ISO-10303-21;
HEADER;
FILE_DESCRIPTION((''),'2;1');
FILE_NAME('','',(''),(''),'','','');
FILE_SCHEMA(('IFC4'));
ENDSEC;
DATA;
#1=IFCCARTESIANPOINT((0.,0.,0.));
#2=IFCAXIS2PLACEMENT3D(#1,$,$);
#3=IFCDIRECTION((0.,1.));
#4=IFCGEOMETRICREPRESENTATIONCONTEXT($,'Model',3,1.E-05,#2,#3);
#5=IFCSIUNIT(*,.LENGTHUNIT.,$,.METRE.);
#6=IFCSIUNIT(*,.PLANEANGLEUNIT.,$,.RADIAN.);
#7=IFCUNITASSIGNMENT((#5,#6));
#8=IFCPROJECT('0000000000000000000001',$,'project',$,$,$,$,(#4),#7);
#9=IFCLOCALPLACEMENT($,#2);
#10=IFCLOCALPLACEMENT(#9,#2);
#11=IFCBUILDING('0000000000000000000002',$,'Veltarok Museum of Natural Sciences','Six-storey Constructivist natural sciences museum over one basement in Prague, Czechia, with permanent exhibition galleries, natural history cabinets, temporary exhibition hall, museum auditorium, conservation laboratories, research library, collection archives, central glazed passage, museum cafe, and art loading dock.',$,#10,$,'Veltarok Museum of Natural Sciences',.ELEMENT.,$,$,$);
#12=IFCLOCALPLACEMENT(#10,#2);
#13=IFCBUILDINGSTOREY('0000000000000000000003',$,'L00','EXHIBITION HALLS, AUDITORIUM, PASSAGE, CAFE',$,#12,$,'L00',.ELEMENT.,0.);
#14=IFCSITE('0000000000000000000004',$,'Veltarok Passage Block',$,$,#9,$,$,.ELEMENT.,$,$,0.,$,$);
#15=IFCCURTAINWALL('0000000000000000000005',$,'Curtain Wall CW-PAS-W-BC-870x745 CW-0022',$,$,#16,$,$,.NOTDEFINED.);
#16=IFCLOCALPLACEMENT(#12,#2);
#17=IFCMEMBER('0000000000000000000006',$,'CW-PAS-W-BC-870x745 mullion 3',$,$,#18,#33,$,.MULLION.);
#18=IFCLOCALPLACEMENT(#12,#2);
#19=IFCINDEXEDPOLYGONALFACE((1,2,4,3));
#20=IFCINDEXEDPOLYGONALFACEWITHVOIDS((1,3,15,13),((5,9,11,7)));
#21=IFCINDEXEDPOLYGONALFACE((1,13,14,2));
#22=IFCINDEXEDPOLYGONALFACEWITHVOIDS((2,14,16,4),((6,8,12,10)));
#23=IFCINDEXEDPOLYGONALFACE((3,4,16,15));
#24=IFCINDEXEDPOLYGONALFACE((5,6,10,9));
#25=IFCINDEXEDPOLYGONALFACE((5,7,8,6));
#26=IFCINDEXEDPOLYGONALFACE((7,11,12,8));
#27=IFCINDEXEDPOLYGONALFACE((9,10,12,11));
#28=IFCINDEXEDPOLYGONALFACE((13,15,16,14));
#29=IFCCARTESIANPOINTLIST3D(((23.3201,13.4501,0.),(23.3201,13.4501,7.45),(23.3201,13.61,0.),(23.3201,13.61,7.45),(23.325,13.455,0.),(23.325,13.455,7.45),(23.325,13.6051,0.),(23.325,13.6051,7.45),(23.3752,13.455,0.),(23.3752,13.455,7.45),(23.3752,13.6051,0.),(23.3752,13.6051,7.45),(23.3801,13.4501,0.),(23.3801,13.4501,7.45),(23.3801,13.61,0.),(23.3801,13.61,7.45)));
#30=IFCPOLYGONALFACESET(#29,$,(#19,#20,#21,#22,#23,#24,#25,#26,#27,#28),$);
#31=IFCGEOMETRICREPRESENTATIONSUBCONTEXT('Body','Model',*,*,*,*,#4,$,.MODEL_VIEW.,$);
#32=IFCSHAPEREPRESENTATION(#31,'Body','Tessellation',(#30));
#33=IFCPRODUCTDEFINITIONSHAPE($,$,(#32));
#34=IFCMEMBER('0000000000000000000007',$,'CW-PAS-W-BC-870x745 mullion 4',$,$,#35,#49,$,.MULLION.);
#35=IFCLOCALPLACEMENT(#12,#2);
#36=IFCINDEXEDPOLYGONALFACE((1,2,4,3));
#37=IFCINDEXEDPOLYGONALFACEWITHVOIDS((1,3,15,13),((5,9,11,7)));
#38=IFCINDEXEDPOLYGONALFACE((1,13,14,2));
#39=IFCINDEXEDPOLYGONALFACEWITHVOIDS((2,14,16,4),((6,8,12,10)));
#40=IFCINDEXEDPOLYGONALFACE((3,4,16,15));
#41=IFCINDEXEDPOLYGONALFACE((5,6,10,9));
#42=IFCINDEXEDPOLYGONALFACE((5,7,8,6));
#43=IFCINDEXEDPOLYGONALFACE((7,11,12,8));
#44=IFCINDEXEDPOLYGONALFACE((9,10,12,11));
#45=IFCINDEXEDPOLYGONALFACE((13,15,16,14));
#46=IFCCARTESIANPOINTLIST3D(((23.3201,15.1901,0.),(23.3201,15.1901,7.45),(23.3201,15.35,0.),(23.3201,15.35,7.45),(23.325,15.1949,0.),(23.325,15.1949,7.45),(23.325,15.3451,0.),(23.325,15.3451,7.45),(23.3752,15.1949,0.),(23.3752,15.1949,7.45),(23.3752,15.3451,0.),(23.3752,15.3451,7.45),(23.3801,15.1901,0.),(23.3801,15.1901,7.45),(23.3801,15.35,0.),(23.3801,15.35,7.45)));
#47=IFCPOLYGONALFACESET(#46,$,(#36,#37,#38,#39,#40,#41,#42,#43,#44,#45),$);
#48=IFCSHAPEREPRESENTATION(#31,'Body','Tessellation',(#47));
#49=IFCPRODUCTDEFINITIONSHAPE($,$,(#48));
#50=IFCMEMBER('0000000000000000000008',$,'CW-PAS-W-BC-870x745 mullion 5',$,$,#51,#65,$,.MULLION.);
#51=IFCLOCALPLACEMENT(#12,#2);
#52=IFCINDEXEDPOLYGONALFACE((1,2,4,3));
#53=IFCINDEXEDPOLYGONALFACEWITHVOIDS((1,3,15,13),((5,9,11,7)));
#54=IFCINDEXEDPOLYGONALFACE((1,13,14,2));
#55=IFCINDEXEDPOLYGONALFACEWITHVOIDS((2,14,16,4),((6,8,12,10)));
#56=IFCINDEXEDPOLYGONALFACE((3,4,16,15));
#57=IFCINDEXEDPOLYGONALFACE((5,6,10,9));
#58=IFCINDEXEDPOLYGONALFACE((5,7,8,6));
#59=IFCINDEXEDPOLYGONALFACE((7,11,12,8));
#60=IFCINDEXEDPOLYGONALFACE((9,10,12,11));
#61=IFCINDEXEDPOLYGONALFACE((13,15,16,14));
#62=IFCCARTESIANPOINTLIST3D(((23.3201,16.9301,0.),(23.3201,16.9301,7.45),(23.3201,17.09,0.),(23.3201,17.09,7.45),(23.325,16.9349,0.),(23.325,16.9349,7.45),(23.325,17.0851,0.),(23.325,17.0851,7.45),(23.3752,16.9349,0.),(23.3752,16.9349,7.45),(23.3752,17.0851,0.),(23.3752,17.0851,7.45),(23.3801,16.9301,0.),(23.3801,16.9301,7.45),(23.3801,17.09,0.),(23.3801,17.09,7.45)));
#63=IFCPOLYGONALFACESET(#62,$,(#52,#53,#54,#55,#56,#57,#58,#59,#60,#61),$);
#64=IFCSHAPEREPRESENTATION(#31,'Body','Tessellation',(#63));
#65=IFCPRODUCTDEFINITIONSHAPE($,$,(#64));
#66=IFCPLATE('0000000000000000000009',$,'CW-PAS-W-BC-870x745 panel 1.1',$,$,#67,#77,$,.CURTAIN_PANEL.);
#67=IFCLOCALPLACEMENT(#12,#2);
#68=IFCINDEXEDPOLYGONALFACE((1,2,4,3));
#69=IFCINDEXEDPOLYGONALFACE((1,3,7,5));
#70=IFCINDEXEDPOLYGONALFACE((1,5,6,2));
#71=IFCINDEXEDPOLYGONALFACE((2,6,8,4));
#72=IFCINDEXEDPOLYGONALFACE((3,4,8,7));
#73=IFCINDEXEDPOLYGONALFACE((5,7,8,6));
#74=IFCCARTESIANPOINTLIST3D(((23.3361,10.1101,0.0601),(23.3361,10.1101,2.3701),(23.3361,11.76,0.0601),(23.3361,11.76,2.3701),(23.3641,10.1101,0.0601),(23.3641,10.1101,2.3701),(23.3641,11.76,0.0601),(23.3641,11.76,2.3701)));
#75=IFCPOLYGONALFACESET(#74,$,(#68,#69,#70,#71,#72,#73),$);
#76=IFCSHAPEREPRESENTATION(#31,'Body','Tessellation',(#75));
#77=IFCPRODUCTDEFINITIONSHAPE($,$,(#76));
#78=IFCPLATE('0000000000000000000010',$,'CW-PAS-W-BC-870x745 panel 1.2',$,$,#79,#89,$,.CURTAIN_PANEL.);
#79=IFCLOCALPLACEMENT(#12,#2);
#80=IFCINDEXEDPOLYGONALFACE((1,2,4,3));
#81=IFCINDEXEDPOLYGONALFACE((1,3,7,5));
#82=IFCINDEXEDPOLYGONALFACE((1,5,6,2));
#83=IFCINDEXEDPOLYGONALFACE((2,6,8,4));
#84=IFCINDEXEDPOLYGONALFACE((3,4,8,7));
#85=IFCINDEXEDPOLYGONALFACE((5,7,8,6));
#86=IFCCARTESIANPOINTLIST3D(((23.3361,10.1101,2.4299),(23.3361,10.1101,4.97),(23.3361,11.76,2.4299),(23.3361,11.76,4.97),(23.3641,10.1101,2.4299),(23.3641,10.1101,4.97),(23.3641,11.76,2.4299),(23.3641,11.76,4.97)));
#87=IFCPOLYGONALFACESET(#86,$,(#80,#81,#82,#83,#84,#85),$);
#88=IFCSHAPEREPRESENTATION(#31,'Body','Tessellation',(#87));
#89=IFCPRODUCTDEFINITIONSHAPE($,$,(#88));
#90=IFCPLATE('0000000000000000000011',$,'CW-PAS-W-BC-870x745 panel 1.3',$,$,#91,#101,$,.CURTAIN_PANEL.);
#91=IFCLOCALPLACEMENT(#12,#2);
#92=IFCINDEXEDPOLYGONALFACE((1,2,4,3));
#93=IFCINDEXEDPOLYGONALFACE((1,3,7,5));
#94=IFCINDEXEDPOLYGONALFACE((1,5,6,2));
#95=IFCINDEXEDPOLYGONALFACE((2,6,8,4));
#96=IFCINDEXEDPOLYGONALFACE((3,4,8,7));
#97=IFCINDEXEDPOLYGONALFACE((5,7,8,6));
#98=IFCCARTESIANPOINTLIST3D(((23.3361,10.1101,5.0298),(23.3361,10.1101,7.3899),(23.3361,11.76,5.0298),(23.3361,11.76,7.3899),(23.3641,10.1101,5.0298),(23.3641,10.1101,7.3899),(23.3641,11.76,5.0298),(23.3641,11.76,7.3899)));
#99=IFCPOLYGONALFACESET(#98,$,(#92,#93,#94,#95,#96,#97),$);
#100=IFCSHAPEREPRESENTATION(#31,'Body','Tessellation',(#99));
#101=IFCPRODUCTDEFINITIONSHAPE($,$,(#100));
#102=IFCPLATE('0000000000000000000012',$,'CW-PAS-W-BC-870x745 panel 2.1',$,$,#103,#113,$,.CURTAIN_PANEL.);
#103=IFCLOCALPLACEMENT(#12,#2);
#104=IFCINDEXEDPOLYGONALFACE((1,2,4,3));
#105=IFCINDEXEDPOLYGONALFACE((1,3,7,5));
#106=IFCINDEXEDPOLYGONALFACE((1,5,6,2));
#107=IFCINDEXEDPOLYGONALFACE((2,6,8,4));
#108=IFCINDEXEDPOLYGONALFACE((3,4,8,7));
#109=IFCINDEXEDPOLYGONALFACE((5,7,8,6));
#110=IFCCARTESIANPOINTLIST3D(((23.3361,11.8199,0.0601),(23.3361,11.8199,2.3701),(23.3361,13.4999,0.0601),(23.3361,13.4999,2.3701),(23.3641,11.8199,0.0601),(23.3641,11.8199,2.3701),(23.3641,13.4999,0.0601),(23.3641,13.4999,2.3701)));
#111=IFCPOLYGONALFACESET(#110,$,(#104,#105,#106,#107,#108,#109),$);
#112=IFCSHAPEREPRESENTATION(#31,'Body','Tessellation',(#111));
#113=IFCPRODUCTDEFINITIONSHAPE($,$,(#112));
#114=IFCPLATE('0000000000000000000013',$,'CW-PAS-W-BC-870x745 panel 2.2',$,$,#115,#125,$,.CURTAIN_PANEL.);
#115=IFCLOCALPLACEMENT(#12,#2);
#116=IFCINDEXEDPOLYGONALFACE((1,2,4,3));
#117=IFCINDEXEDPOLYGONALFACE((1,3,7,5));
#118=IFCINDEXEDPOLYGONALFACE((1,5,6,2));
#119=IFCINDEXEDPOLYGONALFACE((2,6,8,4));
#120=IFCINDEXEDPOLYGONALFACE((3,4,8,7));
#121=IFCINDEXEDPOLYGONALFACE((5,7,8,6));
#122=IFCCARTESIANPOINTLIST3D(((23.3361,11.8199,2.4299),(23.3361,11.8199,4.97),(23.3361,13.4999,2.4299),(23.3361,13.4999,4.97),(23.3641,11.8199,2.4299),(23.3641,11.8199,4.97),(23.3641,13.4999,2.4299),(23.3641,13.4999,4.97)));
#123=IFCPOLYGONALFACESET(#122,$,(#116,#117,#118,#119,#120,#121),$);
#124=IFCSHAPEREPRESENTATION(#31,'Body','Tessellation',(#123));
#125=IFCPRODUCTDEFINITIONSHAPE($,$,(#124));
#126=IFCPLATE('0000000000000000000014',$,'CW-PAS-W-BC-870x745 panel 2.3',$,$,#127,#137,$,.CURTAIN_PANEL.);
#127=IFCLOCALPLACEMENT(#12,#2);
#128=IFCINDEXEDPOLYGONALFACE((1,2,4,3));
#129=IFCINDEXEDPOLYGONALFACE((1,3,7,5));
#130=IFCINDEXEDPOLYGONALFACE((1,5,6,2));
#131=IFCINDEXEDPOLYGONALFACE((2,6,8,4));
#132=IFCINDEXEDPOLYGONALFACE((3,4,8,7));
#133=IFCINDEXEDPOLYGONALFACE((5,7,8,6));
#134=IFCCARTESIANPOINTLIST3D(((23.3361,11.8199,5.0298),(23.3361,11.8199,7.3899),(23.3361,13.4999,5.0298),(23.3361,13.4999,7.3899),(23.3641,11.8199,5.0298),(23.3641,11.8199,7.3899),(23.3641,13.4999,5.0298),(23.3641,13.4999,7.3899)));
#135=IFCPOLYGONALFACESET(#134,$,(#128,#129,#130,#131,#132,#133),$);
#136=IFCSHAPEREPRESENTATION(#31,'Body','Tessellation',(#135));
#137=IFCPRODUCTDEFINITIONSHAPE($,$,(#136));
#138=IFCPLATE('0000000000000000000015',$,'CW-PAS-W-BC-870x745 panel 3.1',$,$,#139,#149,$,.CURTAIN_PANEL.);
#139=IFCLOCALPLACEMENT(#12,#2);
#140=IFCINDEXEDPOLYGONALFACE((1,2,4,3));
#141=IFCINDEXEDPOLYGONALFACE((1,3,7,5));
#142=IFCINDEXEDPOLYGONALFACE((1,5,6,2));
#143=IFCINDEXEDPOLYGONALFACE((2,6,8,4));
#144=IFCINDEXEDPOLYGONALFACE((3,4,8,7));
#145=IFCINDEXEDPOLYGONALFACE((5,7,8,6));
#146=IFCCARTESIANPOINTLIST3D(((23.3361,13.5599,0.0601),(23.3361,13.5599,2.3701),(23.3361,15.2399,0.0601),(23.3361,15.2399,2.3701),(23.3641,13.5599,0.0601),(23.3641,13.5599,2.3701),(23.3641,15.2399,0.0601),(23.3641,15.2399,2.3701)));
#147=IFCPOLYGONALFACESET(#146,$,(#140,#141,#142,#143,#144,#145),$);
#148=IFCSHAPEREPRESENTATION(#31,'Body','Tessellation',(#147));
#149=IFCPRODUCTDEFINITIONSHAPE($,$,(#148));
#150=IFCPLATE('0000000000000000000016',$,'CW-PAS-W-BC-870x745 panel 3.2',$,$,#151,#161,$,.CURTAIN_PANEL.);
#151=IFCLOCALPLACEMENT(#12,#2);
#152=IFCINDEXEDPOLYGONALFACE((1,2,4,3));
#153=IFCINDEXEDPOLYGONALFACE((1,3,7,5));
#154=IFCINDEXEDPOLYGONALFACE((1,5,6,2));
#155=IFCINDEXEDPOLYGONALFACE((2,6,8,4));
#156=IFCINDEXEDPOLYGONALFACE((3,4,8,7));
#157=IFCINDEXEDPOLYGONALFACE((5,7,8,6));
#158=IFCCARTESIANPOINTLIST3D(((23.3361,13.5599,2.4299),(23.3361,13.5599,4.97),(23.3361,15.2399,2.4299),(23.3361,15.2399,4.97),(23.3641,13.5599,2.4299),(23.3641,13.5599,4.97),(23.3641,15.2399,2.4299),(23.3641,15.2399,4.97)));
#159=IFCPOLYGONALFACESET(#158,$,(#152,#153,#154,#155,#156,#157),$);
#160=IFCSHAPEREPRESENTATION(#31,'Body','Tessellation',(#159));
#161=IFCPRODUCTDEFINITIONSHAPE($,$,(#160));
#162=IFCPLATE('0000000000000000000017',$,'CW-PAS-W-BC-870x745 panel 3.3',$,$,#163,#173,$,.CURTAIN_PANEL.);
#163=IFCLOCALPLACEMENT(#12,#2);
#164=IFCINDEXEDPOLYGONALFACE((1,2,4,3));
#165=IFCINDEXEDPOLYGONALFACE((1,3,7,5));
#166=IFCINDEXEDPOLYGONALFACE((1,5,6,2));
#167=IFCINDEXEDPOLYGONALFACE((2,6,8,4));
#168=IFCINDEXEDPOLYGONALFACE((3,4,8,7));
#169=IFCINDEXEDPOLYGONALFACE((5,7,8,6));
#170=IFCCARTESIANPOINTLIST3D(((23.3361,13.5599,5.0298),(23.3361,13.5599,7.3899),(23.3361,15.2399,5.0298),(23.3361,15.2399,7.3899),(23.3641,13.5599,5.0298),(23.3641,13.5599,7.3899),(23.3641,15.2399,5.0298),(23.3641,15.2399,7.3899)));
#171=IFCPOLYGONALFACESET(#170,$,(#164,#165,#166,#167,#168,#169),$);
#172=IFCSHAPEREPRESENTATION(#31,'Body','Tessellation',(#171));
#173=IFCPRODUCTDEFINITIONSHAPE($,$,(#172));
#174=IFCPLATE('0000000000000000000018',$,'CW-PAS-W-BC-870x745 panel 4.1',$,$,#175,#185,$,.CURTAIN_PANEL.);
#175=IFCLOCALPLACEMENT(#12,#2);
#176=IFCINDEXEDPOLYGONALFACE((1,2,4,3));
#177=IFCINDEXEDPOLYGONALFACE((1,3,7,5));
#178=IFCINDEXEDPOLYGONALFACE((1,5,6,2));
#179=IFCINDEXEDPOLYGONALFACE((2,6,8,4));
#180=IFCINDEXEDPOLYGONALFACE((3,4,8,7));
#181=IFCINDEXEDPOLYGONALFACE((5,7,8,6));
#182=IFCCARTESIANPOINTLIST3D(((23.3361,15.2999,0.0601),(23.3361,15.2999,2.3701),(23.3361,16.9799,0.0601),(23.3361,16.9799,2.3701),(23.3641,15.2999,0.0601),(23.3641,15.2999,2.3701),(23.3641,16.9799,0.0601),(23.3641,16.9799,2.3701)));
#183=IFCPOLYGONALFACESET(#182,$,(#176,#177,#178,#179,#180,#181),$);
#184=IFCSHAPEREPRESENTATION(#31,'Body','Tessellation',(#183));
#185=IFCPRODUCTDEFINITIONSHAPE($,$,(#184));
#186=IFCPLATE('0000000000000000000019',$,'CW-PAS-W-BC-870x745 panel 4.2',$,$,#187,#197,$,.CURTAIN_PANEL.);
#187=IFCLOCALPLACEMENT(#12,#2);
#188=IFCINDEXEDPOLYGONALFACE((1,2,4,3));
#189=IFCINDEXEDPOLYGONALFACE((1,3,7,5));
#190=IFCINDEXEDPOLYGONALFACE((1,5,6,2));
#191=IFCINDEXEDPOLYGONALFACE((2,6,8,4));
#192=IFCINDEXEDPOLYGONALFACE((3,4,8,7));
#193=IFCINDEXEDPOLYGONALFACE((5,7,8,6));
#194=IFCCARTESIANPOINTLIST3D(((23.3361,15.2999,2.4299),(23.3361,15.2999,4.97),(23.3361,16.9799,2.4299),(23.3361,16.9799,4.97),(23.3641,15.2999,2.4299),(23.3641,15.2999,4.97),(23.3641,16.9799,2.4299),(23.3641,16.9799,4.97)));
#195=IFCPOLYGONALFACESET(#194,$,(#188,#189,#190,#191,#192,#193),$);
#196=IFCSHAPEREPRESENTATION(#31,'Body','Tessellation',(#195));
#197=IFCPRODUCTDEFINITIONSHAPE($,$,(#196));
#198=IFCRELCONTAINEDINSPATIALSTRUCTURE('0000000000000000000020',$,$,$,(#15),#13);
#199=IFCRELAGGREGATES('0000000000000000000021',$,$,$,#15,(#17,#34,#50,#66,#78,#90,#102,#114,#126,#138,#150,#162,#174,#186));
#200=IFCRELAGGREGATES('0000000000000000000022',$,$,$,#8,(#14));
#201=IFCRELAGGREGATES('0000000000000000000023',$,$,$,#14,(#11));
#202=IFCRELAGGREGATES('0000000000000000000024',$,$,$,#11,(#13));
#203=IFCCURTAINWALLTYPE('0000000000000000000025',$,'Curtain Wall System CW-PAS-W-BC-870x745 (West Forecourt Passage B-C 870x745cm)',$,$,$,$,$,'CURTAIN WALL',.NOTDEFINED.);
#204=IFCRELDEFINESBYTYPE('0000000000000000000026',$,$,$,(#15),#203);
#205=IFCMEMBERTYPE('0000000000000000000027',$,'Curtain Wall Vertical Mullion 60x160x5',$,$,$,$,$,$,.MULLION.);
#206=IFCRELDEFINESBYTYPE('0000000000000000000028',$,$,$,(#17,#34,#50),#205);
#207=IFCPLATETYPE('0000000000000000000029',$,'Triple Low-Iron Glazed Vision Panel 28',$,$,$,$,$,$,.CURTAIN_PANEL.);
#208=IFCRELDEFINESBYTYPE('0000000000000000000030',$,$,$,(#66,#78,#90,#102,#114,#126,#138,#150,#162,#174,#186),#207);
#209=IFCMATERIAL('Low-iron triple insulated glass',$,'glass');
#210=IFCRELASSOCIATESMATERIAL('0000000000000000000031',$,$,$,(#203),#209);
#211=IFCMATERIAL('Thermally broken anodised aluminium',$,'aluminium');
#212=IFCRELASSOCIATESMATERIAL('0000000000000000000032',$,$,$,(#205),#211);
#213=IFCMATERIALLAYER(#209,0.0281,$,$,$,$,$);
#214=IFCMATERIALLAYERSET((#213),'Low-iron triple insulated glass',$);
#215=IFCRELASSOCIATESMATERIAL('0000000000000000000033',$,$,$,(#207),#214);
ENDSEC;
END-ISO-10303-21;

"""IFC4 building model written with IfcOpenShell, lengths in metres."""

from ifc_helpers import new_model, si_unit, direction, frame, origin, origin_2d, place, context, subcontext, project, spatial, rectangle, hollow_rectangle, extrude, material, layer, layer_set, material_profile, profile_set, type_object, element, aggregate, save


model = new_model("IFC4")

# Units and contexts
model_context = context("Model", 3, precision=1e-05, world=origin(), true_north=direction((0.0, 1.0)))
body_context = subcontext(model_context, "Body", "Model", "MODEL_VIEW")
ifc_project = project(units=[si_unit("LENGTHUNIT", "METRE"), si_unit("PLANEANGLEUNIT", "RADIAN")], contexts=[model_context])

# Site, building, storey
site_placement = place(None, origin())
site = spatial("IfcSite", under=ifc_project, at=site_placement, Name="Veltarok Passage Block", CompositionType="ELEMENT", RefElevation=0.0)
building_placement = place(site_placement, origin())
building = spatial("IfcBuilding", under=site, at=building_placement, Name="Veltarok Museum of Natural Sciences", Description="Six-storey Constructivist natural sciences museum over one basement in Prague, Czechia, with permanent exhibition galleries, natural history cabinets, temporary exhibition hall, museum auditorium, conservation laboratories, research library, collection archives, central glazed passage, museum cafe, and art loading dock.", LongName="Veltarok Museum of Natural Sciences", CompositionType="ELEMENT")
storey_placement = place(building_placement, origin())
storey = spatial("IfcBuildingStorey", under=building, at=storey_placement, Name="L00", Description="EXHIBITION HALLS, AUDITORIUM, PASSAGE, CAFE", LongName="L00", CompositionType="ELEMENT", Elevation=0.0)

# Curtain wall, members, plates
ifc_material_1 = material(Name="Low-iron triple insulated glass", Category="glass")
curtain_wall_type = type_object("IfcCurtainWallType", Name="Curtain Wall System CW-PAS-W-BC-870x745 (West Forecourt Passage B-C 870x745cm)", ElementType="CURTAIN WALL", PredefinedType="NOTDEFINED", material=ifc_material_1)
curtain_wall_placement = place(storey_placement, origin())
curtain_wall = element("IfcCurtainWall", 1, at=curtain_wall_placement, inside=storey, type_object=curtain_wall_type, Name="Curtain Wall CW-PAS-W-BC-870x745 CW-0022", PredefinedType="NOTDEFINED")
ifc_material_2 = material(Name="Thermally broken anodised aluminium", Category="aluminium")
ifc_material_profile_1 = material_profile(ifc_material_2, hollow_rectangle(XDim=0.0601, YDim=0.1599, WallThickness=0.0049, at=origin_2d()), Name="CW MULLION 60x160x5")
ifc_profile_set_1 = profile_set([ifc_material_profile_1], Name="Thermally broken anodised aluminium")
member_type_1 = type_object("IfcMemberType", Name="Curtain Wall Vertical Mullion 60x160x5", PredefinedType="MULLION", material=ifc_profile_set_1)
member_1_placement = place(storey_placement, frame((23.3501, 13.53, 0.0), z_axis=(0.0, 0.0, 1.0), x_axis=(-1.0, 0.0, 0.0)))
member_1 = element("IfcMember", 2, at=member_1_placement, type_object=member_type_1, Name="CW-PAS-W-BC-870x745 mullion 3", PredefinedType="MULLION", context=body_context, shape_type="SweptSolid", body=[
    extrude(hollow_rectangle(XDim=0.0601, YDim=0.1599, WallThickness=0.0049, at=origin_2d()), origin(), (0.0, 0.0, 1.0), 7.45),
])
member_2_placement = place(storey_placement, frame((23.3501, 15.27, 0.0), z_axis=(0.0, 0.0, 1.0), x_axis=(-1.0, 0.0, 0.0)))
member_2 = element("IfcMember", 3, at=member_2_placement, type_object=member_type_1, Name="CW-PAS-W-BC-870x745 mullion 4", PredefinedType="MULLION", context=body_context, shape_type="SweptSolid", body=[
    extrude(hollow_rectangle(XDim=0.0601, YDim=0.1599, WallThickness=0.0049, at=origin_2d()), origin(), (0.0, 0.0, 1.0), 7.45),
])
member_3_placement = place(storey_placement, frame((23.3501, 17.01, 0.0), z_axis=(0.0, 0.0, 1.0), x_axis=(-1.0, 0.0, 0.0)))
member_3 = element("IfcMember", 4, at=member_3_placement, type_object=member_type_1, Name="CW-PAS-W-BC-870x745 mullion 5", PredefinedType="MULLION", context=body_context, shape_type="SweptSolid", body=[
    extrude(hollow_rectangle(XDim=0.0601, YDim=0.1599, WallThickness=0.0049, at=origin_2d()), origin(), (0.0, 0.0, 1.0), 7.45),
])
ifc_layer = layer(ifc_material_1, 0.0281)
ifc_layer_set = layer_set([ifc_layer], Name="Low-iron triple insulated glass")
plate_type = type_object("IfcPlateType", Name="Triple Low-Iron Glazed Vision Panel 28", PredefinedType="CURTAIN_PANEL", material=ifc_layer_set)
plate_1_placement = place(storey_placement, frame((23.3501, 10.9351, 0.0601), z_axis=(0.0, 0.0, 1.0), x_axis=(0.0, 1.0, 0.0)))
plate_1 = element("IfcPlate", 5, at=plate_1_placement, type_object=plate_type, Name="CW-PAS-W-BC-870x745 panel 1.1", PredefinedType="CURTAIN_PANEL", context=body_context, shape_type="SweptSolid", body=[
    extrude(rectangle(XDim=1.6499, YDim=0.0281, at=origin_2d()), origin(), (0.0, 0.0, 1.0), 2.3101),
])
plate_2_placement = place(storey_placement, frame((23.3501, 10.9351, 2.4299), z_axis=(0.0, 0.0, 1.0), x_axis=(0.0, 1.0, 0.0)))
plate_2 = element("IfcPlate", 6, at=plate_2_placement, type_object=plate_type, Name="CW-PAS-W-BC-870x745 panel 1.2", PredefinedType="CURTAIN_PANEL", context=body_context, shape_type="SweptSolid", body=[
    extrude(rectangle(XDim=1.6499, YDim=0.0281, at=origin_2d()), origin(), (0.0, 0.0, 1.0), 2.54),
])
plate_3_placement = place(storey_placement, frame((23.3501, 10.9351, 5.0298), z_axis=(0.0, 0.0, 1.0), x_axis=(0.0, 1.0, 0.0)))
plate_3 = element("IfcPlate", 7, at=plate_3_placement, type_object=plate_type, Name="CW-PAS-W-BC-870x745 panel 1.3", PredefinedType="CURTAIN_PANEL", context=body_context, shape_type="SweptSolid", body=[
    extrude(rectangle(XDim=1.6499, YDim=0.0281, at=origin_2d()), origin(), (0.0, 0.0, 1.0), 2.3601),
])
plate_4_placement = place(storey_placement, frame((23.3501, 12.6599, 0.0601), z_axis=(0.0, 0.0, 1.0), x_axis=(0.0, 1.0, 0.0)))
plate_4 = element("IfcPlate", 8, at=plate_4_placement, type_object=plate_type, Name="CW-PAS-W-BC-870x745 panel 2.1", PredefinedType="CURTAIN_PANEL", context=body_context, shape_type="SweptSolid", body=[
    extrude(rectangle(XDim=1.6799, YDim=0.0281, at=origin_2d()), origin(), (0.0, 0.0, 1.0), 2.3101),
])
plate_5_placement = place(storey_placement, frame((23.3501, 12.6599, 2.4299), z_axis=(0.0, 0.0, 1.0), x_axis=(0.0, 1.0, 0.0)))
plate_5 = element("IfcPlate", 9, at=plate_5_placement, type_object=plate_type, Name="CW-PAS-W-BC-870x745 panel 2.2", PredefinedType="CURTAIN_PANEL", context=body_context, shape_type="SweptSolid", body=[
    extrude(rectangle(XDim=1.6799, YDim=0.0281, at=origin_2d()), origin(), (0.0, 0.0, 1.0), 2.54),
])
plate_6_placement = place(storey_placement, frame((23.3501, 12.6599, 5.0298), z_axis=(0.0, 0.0, 1.0), x_axis=(0.0, 1.0, 0.0)))
plate_6 = element("IfcPlate", 10, at=plate_6_placement, type_object=plate_type, Name="CW-PAS-W-BC-870x745 panel 2.3", PredefinedType="CURTAIN_PANEL", context=body_context, shape_type="SweptSolid", body=[
    extrude(rectangle(XDim=1.6799, YDim=0.0281, at=origin_2d()), origin(), (0.0, 0.0, 1.0), 2.3601),
])
plate_7_placement = place(storey_placement, frame((23.3501, 14.3999, 0.0601), z_axis=(0.0, 0.0, 1.0), x_axis=(0.0, 1.0, 0.0)))
plate_7 = element("IfcPlate", 11, at=plate_7_placement, type_object=plate_type, Name="CW-PAS-W-BC-870x745 panel 3.1", PredefinedType="CURTAIN_PANEL", context=body_context, shape_type="SweptSolid", body=[
    extrude(rectangle(XDim=1.6799, YDim=0.0281, at=origin_2d()), origin(), (0.0, 0.0, 1.0), 2.3101),
])
plate_8_placement = place(storey_placement, frame((23.3501, 14.3999, 2.4299), z_axis=(0.0, 0.0, 1.0), x_axis=(0.0, 1.0, 0.0)))
plate_8 = element("IfcPlate", 12, at=plate_8_placement, type_object=plate_type, Name="CW-PAS-W-BC-870x745 panel 3.2", PredefinedType="CURTAIN_PANEL", context=body_context, shape_type="SweptSolid", body=[
    extrude(rectangle(XDim=1.6799, YDim=0.0281, at=origin_2d()), origin(), (0.0, 0.0, 1.0), 2.54),
])
plate_9_placement = place(storey_placement, frame((23.3501, 14.3999, 5.0298), z_axis=(0.0, 0.0, 1.0), x_axis=(0.0, 1.0, 0.0)))
plate_9 = element("IfcPlate", 13, at=plate_9_placement, type_object=plate_type, Name="CW-PAS-W-BC-870x745 panel 3.3", PredefinedType="CURTAIN_PANEL", context=body_context, shape_type="SweptSolid", body=[
    extrude(rectangle(XDim=1.6799, YDim=0.0281, at=origin_2d()), origin(), (0.0, 0.0, 1.0), 2.3601),
])
plate_10_placement = place(storey_placement, frame((23.3501, 16.1399, 0.0601), z_axis=(0.0, 0.0, 1.0), x_axis=(0.0, 1.0, 0.0)))
plate_10 = element("IfcPlate", 14, at=plate_10_placement, type_object=plate_type, Name="CW-PAS-W-BC-870x745 panel 4.1", PredefinedType="CURTAIN_PANEL", context=body_context, shape_type="SweptSolid", body=[
    extrude(rectangle(XDim=1.6799, YDim=0.0281, at=origin_2d()), origin(), (0.0, 0.0, 1.0), 2.3101),
])
plate_11_placement = place(storey_placement, frame((23.3501, 16.1399, 2.4299), z_axis=(0.0, 0.0, 1.0), x_axis=(0.0, 1.0, 0.0)))
plate_11 = element("IfcPlate", 15, at=plate_11_placement, type_object=plate_type, Name="CW-PAS-W-BC-870x745 panel 4.2", PredefinedType="CURTAIN_PANEL", context=body_context, shape_type="SweptSolid", body=[
    extrude(rectangle(XDim=1.6799, YDim=0.0281, at=origin_2d()), origin(), (0.0, 0.0, 1.0), 2.54),
])
aggregate(curtain_wall, [member_1, member_2, member_3, plate_1, plate_2, plate_3, plate_4, plate_5, plate_6, plate_7, plate_8, plate_9, plate_10, plate_11])

save(model, "model.ifc")
